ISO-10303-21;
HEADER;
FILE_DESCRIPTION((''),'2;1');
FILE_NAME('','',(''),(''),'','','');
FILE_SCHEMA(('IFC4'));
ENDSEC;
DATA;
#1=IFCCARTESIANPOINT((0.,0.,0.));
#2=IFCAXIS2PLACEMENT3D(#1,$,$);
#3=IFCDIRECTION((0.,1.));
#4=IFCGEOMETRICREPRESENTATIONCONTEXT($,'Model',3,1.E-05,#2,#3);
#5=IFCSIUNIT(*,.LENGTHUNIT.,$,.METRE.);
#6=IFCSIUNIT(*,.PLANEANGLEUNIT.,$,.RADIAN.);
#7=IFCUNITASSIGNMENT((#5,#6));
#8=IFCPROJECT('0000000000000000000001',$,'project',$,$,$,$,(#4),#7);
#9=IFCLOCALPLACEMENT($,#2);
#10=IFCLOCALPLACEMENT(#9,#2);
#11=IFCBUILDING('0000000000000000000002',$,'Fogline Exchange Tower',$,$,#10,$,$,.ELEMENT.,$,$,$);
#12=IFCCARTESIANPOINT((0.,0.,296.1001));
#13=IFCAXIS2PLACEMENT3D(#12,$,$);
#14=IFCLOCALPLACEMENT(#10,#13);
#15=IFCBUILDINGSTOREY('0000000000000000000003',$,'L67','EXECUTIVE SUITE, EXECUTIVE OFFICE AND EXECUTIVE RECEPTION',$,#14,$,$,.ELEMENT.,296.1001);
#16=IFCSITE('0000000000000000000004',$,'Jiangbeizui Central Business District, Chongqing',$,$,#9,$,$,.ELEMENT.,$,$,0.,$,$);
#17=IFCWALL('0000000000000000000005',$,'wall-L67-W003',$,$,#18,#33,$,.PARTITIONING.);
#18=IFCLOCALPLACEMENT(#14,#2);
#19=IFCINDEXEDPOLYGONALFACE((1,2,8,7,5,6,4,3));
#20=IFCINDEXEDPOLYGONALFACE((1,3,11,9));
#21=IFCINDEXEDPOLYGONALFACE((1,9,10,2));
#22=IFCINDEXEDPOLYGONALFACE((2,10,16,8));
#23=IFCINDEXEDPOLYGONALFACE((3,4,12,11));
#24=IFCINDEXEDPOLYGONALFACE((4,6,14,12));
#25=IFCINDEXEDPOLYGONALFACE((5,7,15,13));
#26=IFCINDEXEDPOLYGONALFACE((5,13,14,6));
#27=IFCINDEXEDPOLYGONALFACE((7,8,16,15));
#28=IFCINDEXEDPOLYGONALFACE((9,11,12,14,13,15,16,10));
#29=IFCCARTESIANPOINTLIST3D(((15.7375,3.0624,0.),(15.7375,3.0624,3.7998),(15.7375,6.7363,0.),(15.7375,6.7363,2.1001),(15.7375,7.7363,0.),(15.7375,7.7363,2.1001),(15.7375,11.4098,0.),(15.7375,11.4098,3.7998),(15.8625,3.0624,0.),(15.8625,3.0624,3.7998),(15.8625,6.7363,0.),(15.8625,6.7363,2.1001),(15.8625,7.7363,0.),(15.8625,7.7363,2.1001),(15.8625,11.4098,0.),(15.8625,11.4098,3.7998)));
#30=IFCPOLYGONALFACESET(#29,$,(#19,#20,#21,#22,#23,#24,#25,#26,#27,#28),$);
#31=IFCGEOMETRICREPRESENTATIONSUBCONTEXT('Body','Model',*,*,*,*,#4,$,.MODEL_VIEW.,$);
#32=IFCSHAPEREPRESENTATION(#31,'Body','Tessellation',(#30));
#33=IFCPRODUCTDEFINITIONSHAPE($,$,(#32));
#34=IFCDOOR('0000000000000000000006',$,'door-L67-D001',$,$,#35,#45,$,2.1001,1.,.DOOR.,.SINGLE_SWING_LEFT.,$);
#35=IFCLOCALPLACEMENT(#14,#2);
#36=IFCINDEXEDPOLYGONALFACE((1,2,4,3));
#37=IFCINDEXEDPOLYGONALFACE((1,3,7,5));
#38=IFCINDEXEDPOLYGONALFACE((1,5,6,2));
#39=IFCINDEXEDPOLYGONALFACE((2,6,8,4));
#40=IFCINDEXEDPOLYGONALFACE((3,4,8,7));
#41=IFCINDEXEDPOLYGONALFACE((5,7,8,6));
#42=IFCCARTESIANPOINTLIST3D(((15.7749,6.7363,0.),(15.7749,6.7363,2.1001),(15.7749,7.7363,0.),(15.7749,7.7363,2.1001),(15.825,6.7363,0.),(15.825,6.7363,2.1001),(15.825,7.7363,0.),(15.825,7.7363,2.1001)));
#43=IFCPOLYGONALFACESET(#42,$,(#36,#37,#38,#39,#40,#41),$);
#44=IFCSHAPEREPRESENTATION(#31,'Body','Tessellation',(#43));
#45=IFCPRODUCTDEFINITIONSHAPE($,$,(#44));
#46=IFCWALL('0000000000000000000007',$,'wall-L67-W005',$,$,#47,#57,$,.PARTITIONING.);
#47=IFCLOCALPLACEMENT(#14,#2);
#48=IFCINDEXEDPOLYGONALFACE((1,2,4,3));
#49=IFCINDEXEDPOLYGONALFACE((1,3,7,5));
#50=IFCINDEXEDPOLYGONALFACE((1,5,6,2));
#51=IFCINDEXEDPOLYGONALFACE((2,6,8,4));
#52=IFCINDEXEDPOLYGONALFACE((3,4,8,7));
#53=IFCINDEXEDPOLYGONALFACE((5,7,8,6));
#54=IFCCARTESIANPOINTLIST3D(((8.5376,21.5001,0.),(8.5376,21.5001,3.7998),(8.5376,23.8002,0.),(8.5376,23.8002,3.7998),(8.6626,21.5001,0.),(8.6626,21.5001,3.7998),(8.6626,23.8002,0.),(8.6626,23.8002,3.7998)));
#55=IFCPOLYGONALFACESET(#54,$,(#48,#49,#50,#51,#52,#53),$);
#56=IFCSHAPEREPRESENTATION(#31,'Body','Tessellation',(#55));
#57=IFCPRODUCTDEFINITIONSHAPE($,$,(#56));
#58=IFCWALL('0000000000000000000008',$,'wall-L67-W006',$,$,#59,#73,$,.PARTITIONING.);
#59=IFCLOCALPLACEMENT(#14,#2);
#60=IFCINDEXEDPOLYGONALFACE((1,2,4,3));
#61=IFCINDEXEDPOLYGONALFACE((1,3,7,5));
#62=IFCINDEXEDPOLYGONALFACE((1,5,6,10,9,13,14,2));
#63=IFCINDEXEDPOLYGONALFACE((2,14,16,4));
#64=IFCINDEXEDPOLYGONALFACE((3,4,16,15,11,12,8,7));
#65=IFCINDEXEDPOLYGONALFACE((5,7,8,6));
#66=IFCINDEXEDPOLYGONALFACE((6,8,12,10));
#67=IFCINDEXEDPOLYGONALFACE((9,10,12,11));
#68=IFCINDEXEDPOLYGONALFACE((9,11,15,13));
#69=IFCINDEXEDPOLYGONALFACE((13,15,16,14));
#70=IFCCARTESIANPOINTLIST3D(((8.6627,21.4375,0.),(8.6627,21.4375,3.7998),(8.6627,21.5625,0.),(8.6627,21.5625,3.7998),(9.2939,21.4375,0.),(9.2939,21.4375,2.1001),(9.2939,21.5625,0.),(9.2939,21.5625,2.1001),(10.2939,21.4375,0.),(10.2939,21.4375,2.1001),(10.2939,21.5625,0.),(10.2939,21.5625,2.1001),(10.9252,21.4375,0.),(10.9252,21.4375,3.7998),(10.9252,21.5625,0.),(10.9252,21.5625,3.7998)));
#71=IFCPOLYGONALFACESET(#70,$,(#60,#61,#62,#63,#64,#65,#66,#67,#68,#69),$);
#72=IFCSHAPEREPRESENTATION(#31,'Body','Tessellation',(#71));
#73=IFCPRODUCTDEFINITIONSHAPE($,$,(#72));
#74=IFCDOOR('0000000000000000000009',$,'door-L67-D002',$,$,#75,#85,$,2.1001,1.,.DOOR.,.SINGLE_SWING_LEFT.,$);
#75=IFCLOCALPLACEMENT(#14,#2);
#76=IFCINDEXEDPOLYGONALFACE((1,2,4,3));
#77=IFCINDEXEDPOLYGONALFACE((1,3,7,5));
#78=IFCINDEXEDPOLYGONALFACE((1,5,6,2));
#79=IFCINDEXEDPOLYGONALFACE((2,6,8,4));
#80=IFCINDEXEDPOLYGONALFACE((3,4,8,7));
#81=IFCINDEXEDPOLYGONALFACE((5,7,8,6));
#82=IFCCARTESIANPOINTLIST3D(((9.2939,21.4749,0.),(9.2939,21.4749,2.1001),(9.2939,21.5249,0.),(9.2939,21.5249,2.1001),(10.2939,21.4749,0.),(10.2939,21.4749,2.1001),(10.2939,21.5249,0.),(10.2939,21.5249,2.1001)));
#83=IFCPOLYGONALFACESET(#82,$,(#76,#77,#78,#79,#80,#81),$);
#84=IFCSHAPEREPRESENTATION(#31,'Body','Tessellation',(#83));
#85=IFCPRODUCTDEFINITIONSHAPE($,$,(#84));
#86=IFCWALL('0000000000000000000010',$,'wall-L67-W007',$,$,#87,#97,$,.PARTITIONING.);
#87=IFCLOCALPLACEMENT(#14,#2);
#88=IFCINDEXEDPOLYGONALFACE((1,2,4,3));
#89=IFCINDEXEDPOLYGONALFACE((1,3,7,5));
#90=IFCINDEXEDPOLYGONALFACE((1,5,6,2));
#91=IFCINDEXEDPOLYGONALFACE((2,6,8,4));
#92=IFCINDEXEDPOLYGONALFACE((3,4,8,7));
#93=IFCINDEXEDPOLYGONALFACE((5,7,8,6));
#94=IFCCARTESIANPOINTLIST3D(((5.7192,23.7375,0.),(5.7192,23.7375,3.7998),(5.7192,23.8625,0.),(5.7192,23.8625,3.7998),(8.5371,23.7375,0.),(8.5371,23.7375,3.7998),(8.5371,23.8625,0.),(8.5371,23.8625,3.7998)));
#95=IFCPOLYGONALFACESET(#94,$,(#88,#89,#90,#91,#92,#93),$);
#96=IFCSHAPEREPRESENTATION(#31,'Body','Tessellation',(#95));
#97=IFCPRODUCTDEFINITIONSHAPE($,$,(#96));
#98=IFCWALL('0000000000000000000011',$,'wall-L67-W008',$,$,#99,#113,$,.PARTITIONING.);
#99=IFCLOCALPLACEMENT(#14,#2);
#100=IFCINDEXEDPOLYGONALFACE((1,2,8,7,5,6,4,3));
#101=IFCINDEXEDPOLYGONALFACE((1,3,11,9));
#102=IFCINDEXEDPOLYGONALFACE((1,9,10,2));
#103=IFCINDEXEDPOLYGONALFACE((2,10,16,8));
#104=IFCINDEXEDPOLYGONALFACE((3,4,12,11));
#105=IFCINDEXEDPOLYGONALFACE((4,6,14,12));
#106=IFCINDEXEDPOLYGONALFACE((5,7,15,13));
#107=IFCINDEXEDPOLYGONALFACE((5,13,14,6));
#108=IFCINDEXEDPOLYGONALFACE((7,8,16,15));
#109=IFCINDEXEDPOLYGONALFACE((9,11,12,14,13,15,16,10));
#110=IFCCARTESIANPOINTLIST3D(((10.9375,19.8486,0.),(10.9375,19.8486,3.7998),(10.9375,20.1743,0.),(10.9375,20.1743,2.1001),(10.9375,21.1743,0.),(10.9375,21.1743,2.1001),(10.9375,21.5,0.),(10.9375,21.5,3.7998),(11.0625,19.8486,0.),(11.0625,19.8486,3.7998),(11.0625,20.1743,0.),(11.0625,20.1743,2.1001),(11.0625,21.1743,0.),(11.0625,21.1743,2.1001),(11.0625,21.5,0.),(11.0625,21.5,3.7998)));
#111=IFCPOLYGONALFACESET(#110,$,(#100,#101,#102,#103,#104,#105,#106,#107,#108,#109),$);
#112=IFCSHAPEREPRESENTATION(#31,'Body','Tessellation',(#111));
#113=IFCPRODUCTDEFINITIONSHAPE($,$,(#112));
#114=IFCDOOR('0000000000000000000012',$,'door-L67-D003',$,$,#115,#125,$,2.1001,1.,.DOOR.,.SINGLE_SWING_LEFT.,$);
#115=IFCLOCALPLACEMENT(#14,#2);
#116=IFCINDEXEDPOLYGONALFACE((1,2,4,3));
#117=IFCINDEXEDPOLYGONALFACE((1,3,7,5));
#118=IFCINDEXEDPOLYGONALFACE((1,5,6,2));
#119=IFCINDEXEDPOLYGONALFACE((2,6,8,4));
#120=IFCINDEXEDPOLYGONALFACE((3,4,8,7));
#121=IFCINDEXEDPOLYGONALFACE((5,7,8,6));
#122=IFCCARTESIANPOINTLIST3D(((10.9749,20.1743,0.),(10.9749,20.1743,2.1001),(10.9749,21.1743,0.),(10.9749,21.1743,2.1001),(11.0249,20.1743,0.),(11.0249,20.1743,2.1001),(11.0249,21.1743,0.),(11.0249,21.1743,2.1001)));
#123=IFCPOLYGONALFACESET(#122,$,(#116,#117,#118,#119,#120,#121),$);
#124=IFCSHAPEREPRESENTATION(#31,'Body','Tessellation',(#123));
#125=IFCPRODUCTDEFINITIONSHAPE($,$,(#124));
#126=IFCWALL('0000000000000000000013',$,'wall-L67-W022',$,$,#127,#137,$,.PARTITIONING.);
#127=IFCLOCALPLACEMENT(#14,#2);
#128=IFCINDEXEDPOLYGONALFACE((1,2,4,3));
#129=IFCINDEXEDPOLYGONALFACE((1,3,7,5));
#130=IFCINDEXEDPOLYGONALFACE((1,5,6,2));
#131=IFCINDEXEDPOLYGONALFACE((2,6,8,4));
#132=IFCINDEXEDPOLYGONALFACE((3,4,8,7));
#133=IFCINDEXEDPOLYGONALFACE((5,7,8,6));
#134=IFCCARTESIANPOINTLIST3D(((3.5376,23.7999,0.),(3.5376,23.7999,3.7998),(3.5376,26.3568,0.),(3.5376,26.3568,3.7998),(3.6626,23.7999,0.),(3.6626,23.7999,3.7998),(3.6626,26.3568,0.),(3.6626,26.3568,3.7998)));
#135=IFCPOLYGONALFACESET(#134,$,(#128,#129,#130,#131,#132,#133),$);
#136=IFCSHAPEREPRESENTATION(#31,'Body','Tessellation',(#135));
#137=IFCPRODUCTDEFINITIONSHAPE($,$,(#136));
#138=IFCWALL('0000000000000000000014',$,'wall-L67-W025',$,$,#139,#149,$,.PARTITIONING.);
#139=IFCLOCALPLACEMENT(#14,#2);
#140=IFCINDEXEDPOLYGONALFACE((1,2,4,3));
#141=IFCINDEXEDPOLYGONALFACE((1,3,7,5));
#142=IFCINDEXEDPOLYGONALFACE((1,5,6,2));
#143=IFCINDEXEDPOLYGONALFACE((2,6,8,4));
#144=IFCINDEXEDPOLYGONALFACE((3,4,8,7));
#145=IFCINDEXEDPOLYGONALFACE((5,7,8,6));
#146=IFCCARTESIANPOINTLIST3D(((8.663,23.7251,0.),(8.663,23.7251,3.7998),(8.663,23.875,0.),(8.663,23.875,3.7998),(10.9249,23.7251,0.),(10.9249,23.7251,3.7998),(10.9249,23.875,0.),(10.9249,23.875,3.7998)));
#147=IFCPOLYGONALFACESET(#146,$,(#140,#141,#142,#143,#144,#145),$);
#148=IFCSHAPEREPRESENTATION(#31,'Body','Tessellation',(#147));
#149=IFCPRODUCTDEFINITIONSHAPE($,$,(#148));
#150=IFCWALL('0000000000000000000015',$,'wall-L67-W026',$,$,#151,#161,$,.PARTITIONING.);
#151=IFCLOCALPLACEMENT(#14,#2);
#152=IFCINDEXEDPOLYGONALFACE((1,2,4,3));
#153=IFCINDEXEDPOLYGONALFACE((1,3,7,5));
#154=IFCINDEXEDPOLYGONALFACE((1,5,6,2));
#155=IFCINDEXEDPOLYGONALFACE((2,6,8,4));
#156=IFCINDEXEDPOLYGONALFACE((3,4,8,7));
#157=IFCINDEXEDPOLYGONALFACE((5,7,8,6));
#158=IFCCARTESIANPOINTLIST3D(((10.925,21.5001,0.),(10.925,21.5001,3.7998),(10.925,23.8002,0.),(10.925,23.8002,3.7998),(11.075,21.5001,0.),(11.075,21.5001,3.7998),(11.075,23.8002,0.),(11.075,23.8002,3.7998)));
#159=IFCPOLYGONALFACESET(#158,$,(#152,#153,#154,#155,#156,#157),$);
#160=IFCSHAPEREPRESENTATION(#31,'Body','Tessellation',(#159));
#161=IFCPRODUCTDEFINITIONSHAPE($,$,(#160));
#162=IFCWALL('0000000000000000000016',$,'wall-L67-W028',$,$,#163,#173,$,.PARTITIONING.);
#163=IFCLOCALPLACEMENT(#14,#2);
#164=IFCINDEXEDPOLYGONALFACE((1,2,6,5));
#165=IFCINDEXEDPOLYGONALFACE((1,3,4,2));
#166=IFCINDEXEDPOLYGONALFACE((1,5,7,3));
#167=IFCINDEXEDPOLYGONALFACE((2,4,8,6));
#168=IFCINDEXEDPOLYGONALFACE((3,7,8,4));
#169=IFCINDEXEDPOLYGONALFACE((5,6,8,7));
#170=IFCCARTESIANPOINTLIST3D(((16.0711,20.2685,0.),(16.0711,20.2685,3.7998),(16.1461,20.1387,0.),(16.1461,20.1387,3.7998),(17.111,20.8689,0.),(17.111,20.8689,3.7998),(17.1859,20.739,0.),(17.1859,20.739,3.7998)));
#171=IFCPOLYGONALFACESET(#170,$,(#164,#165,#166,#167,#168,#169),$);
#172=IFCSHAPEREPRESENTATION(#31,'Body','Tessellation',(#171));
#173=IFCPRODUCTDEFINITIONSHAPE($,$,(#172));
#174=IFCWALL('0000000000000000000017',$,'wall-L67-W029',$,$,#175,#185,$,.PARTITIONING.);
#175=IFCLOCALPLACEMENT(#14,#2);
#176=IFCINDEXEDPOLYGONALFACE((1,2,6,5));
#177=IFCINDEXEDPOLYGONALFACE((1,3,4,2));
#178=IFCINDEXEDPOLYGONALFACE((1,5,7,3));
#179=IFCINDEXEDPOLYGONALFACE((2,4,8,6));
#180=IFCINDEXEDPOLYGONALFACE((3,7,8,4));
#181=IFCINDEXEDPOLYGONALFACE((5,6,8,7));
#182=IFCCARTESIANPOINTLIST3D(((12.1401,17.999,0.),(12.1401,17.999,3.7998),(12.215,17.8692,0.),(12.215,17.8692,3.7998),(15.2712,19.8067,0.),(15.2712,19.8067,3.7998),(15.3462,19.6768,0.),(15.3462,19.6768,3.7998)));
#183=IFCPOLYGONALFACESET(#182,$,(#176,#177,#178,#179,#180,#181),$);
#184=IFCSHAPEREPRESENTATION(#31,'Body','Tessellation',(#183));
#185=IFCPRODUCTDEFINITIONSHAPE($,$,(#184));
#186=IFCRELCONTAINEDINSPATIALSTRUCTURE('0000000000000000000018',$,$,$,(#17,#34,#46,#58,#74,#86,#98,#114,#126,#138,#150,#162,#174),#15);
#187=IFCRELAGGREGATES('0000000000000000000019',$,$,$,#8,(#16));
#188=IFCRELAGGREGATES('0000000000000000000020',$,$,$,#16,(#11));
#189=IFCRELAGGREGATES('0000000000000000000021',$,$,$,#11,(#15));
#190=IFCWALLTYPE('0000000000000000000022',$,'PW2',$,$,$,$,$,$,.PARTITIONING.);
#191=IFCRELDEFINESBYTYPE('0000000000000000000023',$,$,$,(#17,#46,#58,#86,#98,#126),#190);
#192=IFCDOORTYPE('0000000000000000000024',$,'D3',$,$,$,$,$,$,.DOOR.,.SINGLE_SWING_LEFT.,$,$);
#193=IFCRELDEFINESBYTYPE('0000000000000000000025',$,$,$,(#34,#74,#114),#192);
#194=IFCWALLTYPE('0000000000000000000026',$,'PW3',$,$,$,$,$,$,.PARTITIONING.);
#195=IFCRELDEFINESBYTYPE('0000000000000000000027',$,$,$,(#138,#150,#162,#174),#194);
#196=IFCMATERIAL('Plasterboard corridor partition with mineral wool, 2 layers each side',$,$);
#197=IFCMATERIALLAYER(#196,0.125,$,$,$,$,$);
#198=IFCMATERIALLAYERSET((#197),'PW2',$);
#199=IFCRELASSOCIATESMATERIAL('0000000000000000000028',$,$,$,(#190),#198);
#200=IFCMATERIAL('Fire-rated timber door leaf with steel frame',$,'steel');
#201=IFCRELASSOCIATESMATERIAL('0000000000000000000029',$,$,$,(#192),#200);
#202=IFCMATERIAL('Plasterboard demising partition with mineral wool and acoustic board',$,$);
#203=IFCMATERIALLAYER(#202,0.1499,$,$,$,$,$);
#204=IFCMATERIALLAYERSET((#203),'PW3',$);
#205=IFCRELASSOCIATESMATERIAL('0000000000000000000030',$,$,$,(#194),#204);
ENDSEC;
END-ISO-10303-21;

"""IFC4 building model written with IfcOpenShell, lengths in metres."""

from ifc_helpers import new_model, si_unit, direction, frame, frame_2d, origin, place, context, subcontext, project, spatial, rectangle, extrude, material, layer, layer_set, type_object, element, fill, save


model = new_model("IFC4")

# Units and contexts
model_context = context("Model", 3, precision=1e-05, world=origin(), true_north=direction((0.0, 1.0)))
body_context = subcontext(model_context, "Body", "Model", "MODEL_VIEW")
ifc_project = project(units=[si_unit("LENGTHUNIT", "METRE"), si_unit("PLANEANGLEUNIT", "RADIAN")], contexts=[model_context])

# Site, building, storey
site_placement = place(None, origin())
site = spatial("IfcSite", under=ifc_project, at=site_placement, Name="Jiangbeizui Central Business District, Chongqing", CompositionType="ELEMENT", RefElevation=0.0)
building_placement = place(site_placement, origin())
building = spatial("IfcBuilding", under=site, at=building_placement, Name="Fogline Exchange Tower", CompositionType="ELEMENT")
storey_placement = place(building_placement, frame((0.0, 0.0, 296.1001)))
storey = spatial("IfcBuildingStorey", under=building, at=storey_placement, Name="L67", Description="EXECUTIVE SUITE, EXECUTIVE OFFICE AND EXECUTIVE RECEPTION", CompositionType="ELEMENT", Elevation=296.1001)

# Shared definitions
ifc_material_1 = material(Name="Plasterboard corridor partition with mineral wool, 2 layers each side")
ifc_layer_1 = layer(ifc_material_1, 0.125)
ifc_layer_set_1 = layer_set([ifc_layer_1], Name="PW2")
wall_type_1 = type_object("IfcWallType", Name="PW2", PredefinedType="PARTITIONING", material=ifc_layer_set_1)

# Wall, opening, door
wall_1_placement = place(storey_placement, frame((15.8, 11.4099, 0.0), z_axis=(0.0, 0.0, 1.0), x_axis=(0.0, -1.0, 0.0)))
wall_1 = element("IfcWall", 1, at=wall_1_placement, inside=storey, type_object=wall_type_1, Name="wall-L67-W003", PredefinedType="PARTITIONING", context=body_context, shape_type="SweptSolid", body=[
    extrude(rectangle(XDim=8.3474, YDim=0.125, at=frame_2d((4.1738, 0.0))), origin(), (0.0, 0.0, 1.0), 3.7998),
])
opening_1_placement = place(wall_1_placement, frame((3.6736, 0.0, 0.0)))
opening_1 = element("IfcOpeningElement", 2, at=opening_1_placement, cuts=wall_1, PredefinedType="OPENING", context=body_context, shape_type="SweptSolid", body=[
    extrude(rectangle(XDim=1.0, YDim=2.1001, at=frame_2d((0.5, 1.05))), frame((0.0, 0.0725, 0.0), z_axis=(0.0, -1.0, 0.0), x_axis=(1.0, 0.0, 0.0)), (0.0, 0.0, 1.0), 0.145),
])
ifc_material_2 = material(Name="Fire-rated timber door leaf with steel frame", Category="steel")
door_type_1 = type_object("IfcDoorType", Name="D3", OperationType="SINGLE_SWING_LEFT", PredefinedType="DOOR", material=ifc_material_2)
door_1_placement = place(opening_1_placement, origin())
door_1 = element("IfcDoor", 3, at=door_1_placement, inside=storey, type_object=door_type_1, Name="door-L67-D001", OperationType="SINGLE_SWING_LEFT", OverallHeight=2.1001, OverallWidth=1.0, PredefinedType="DOOR", context=body_context, shape_type="SweptSolid", body=[
    extrude(rectangle(XDim=1.0, YDim=2.1001, at=frame_2d((0.5, 1.05))), frame((0.0, 0.0249, 0.0), z_axis=(0.0, -1.0, 0.0), x_axis=(1.0, 0.0, 0.0)), (0.0, 0.0, 1.0), 0.05),
])
fill(opening_1, door_1)

# Wall
wall_2_placement = place(storey_placement, frame((8.6001, 23.8, 0.0), z_axis=(0.0, 0.0, 1.0), x_axis=(0.0, -1.0, 0.0)))
element("IfcWall", 4, at=wall_2_placement, inside=storey, type_object=wall_type_1, Name="wall-L67-W005", PredefinedType="PARTITIONING", context=body_context, shape_type="SweptSolid", body=[
    extrude(rectangle(XDim=2.3, YDim=0.125, at=frame_2d((1.1499, 0.0))), origin(), (0.0, 0.0, 1.0), 3.7998),
])

# Wall, opening, door
wall_3_placement = place(storey_placement, frame((8.6626, 21.5, 0.0), z_axis=(0.0, 0.0, 1.0), x_axis=(1.0, 0.0, 0.0)))
wall_3 = element("IfcWall", 5, at=wall_3_placement, inside=storey, type_object=wall_type_1, Name="wall-L67-W006", PredefinedType="PARTITIONING", context=body_context, shape_type="SweptSolid", body=[
    extrude(rectangle(XDim=2.2625, YDim=0.125, at=frame_2d((1.1313, 0.0))), origin(), (0.0, 0.0, 1.0), 3.7998),
])
opening_2_placement = place(wall_3_placement, frame((0.6313, 0.0, 0.0)))
opening_2 = element("IfcOpeningElement", 6, at=opening_2_placement, cuts=wall_3, PredefinedType="OPENING", context=body_context, shape_type="SweptSolid", body=[
    extrude(rectangle(XDim=1.0, YDim=2.1001, at=frame_2d((0.5, 1.05))), frame((0.0, 0.0725, 0.0), z_axis=(0.0, -1.0, 0.0), x_axis=(1.0, 0.0, 0.0)), (0.0, 0.0, 1.0), 0.145),
])
door_2_placement = place(opening_2_placement, origin())
door_2 = element("IfcDoor", 7, at=door_2_placement, inside=storey, type_object=door_type_1, Name="door-L67-D002", OperationType="SINGLE_SWING_LEFT", OverallHeight=2.1001, OverallWidth=1.0, PredefinedType="DOOR", context=body_context, shape_type="SweptSolid", body=[
    extrude(rectangle(XDim=1.0, YDim=2.1001, at=frame_2d((0.5, 1.05))), frame((0.0, 0.0249, 0.0), z_axis=(0.0, -1.0, 0.0), x_axis=(1.0, 0.0, 0.0)), (0.0, 0.0, 1.0), 0.05),
])
fill(opening_2, door_2)

# Wall
wall_4_placement = place(storey_placement, frame((5.7192, 23.8, 0.0), z_axis=(0.0, 0.0, 1.0), x_axis=(1.0, 0.0, 0.0)))
element("IfcWall", 8, at=wall_4_placement, inside=storey, type_object=wall_type_1, Name="wall-L67-W007", PredefinedType="PARTITIONING", context=body_context, shape_type="SweptSolid", body=[
    extrude(rectangle(XDim=2.8179, YDim=0.125, at=frame_2d((1.4089, 0.0))), origin(), (0.0, 0.0, 1.0), 3.7998),
])

# Wall, opening, door
wall_5_placement = place(storey_placement, frame((11.0, 21.5, 0.0), z_axis=(0.0, 0.0, 1.0), x_axis=(0.0, -1.0, 0.0)))
wall_5 = element("IfcWall", 9, at=wall_5_placement, inside=storey, type_object=wall_type_1, Name="wall-L67-W008", PredefinedType="PARTITIONING", context=body_context, shape_type="SweptSolid", body=[
    extrude(rectangle(XDim=1.6514, YDim=0.125, at=frame_2d((0.8257, 0.0))), origin(), (0.0, 0.0, 1.0), 3.7998),
])
opening_3_placement = place(wall_5_placement, frame((0.3257, 0.0, 0.0)))
opening_3 = element("IfcOpeningElement", 10, at=opening_3_placement, cuts=wall_5, PredefinedType="OPENING", context=body_context, shape_type="SweptSolid", body=[
    extrude(rectangle(XDim=1.0, YDim=2.1001, at=frame_2d((0.5, 1.05))), frame((0.0, 0.0725, 0.0), z_axis=(0.0, -1.0, 0.0), x_axis=(1.0, 0.0, 0.0)), (0.0, 0.0, 1.0), 0.145),
])
door_3_placement = place(opening_3_placement, origin())
door_3 = element("IfcDoor", 11, at=door_3_placement, inside=storey, type_object=door_type_1, Name="door-L67-D003", OperationType="SINGLE_SWING_LEFT", OverallHeight=2.1001, OverallWidth=1.0, PredefinedType="DOOR", context=body_context, shape_type="SweptSolid", body=[
    extrude(rectangle(XDim=1.0, YDim=2.1001, at=frame_2d((0.5, 1.05))), frame((0.0, 0.0249, 0.0), z_axis=(0.0, -1.0, 0.0), x_axis=(1.0, 0.0, 0.0)), (0.0, 0.0, 1.0), 0.05),
])
fill(opening_3, door_3)

# Walls
wall_6_placement = place(storey_placement, frame((3.6001, 23.8, 0.0), z_axis=(0.0, 0.0, 1.0), x_axis=(0.0, 1.0, 0.0)))
element("IfcWall", 12, at=wall_6_placement, inside=storey, type_object=wall_type_1, Name="wall-L67-W022", PredefinedType="PARTITIONING", context=body_context, shape_type="SweptSolid", body=[
    extrude(rectangle(XDim=2.5569, YDim=0.125, at=frame_2d((1.2783, 0.0))), origin(), (0.0, 0.0, 1.0), 3.7998),
])
ifc_material_3 = material(Name="Plasterboard demising partition with mineral wool and acoustic board")
ifc_layer_2 = layer(ifc_material_3, 0.1499)
ifc_layer_set_2 = layer_set([ifc_layer_2], Name="PW3")
wall_type_2 = type_object("IfcWallType", Name="PW3", PredefinedType="PARTITIONING", material=ifc_layer_set_2)
wall_7_placement = place(storey_placement, frame((8.6631, 23.8, 0.0), z_axis=(0.0, 0.0, 1.0), x_axis=(1.0, 0.0, 0.0)))
element("IfcWall", 13, at=wall_7_placement, inside=storey, type_object=wall_type_2, Name="wall-L67-W025", PredefinedType="PARTITIONING", context=body_context, shape_type="SweptSolid", body=[
    extrude(rectangle(XDim=2.262, YDim=0.1499, at=frame_2d((1.1309, 0.0))), origin(), (0.0, 0.0, 1.0), 3.7998),
])
wall_8_placement = place(storey_placement, frame((11.0, 23.8, 0.0), z_axis=(0.0, 0.0, 1.0), x_axis=(0.0, -1.0, 0.0)))
element("IfcWall", 14, at=wall_8_placement, inside=storey, type_object=wall_type_2, Name="wall-L67-W026", PredefinedType="PARTITIONING", context=body_context, shape_type="SweptSolid", body=[
    extrude(rectangle(XDim=2.3, YDim=0.1499, at=frame_2d((1.1499, 0.0))), origin(), (0.0, 0.0, 1.0), 3.7998),
])
wall_9_placement = place(storey_placement, frame((17.1484, 20.804, 0.0), z_axis=(0.0, 0.0, 1.0), x_axis=(-0.86602, -0.50001, 0.0)))
element("IfcWall", 15, at=wall_9_placement, inside=storey, type_object=wall_type_2, Name="wall-L67-W028", PredefinedType="PARTITIONING", context=body_context, shape_type="SweptSolid", body=[
    extrude(rectangle(XDim=1.2007, YDim=0.1499, at=frame_2d((0.6003, 0.0))), origin(), (0.0, 0.0, 1.0), 3.7998),
])
wall_10_placement = place(storey_placement, frame((15.3086, 19.7417, 0.0), z_axis=(0.0, 0.0, 1.0), x_axis=(-0.866041, -0.499974, 0.0)))
element("IfcWall", 16, at=wall_10_placement, inside=storey, type_object=wall_type_2, Name="wall-L67-W029", PredefinedType="PARTITIONING", context=body_context, shape_type="SweptSolid", body=[
    extrude(rectangle(XDim=3.6155, YDim=0.1499, at=frame_2d((1.8076, 0.0))), origin(), (0.0, 0.0, 1.0), 3.7998),
])

save(model, "model.ifc")
